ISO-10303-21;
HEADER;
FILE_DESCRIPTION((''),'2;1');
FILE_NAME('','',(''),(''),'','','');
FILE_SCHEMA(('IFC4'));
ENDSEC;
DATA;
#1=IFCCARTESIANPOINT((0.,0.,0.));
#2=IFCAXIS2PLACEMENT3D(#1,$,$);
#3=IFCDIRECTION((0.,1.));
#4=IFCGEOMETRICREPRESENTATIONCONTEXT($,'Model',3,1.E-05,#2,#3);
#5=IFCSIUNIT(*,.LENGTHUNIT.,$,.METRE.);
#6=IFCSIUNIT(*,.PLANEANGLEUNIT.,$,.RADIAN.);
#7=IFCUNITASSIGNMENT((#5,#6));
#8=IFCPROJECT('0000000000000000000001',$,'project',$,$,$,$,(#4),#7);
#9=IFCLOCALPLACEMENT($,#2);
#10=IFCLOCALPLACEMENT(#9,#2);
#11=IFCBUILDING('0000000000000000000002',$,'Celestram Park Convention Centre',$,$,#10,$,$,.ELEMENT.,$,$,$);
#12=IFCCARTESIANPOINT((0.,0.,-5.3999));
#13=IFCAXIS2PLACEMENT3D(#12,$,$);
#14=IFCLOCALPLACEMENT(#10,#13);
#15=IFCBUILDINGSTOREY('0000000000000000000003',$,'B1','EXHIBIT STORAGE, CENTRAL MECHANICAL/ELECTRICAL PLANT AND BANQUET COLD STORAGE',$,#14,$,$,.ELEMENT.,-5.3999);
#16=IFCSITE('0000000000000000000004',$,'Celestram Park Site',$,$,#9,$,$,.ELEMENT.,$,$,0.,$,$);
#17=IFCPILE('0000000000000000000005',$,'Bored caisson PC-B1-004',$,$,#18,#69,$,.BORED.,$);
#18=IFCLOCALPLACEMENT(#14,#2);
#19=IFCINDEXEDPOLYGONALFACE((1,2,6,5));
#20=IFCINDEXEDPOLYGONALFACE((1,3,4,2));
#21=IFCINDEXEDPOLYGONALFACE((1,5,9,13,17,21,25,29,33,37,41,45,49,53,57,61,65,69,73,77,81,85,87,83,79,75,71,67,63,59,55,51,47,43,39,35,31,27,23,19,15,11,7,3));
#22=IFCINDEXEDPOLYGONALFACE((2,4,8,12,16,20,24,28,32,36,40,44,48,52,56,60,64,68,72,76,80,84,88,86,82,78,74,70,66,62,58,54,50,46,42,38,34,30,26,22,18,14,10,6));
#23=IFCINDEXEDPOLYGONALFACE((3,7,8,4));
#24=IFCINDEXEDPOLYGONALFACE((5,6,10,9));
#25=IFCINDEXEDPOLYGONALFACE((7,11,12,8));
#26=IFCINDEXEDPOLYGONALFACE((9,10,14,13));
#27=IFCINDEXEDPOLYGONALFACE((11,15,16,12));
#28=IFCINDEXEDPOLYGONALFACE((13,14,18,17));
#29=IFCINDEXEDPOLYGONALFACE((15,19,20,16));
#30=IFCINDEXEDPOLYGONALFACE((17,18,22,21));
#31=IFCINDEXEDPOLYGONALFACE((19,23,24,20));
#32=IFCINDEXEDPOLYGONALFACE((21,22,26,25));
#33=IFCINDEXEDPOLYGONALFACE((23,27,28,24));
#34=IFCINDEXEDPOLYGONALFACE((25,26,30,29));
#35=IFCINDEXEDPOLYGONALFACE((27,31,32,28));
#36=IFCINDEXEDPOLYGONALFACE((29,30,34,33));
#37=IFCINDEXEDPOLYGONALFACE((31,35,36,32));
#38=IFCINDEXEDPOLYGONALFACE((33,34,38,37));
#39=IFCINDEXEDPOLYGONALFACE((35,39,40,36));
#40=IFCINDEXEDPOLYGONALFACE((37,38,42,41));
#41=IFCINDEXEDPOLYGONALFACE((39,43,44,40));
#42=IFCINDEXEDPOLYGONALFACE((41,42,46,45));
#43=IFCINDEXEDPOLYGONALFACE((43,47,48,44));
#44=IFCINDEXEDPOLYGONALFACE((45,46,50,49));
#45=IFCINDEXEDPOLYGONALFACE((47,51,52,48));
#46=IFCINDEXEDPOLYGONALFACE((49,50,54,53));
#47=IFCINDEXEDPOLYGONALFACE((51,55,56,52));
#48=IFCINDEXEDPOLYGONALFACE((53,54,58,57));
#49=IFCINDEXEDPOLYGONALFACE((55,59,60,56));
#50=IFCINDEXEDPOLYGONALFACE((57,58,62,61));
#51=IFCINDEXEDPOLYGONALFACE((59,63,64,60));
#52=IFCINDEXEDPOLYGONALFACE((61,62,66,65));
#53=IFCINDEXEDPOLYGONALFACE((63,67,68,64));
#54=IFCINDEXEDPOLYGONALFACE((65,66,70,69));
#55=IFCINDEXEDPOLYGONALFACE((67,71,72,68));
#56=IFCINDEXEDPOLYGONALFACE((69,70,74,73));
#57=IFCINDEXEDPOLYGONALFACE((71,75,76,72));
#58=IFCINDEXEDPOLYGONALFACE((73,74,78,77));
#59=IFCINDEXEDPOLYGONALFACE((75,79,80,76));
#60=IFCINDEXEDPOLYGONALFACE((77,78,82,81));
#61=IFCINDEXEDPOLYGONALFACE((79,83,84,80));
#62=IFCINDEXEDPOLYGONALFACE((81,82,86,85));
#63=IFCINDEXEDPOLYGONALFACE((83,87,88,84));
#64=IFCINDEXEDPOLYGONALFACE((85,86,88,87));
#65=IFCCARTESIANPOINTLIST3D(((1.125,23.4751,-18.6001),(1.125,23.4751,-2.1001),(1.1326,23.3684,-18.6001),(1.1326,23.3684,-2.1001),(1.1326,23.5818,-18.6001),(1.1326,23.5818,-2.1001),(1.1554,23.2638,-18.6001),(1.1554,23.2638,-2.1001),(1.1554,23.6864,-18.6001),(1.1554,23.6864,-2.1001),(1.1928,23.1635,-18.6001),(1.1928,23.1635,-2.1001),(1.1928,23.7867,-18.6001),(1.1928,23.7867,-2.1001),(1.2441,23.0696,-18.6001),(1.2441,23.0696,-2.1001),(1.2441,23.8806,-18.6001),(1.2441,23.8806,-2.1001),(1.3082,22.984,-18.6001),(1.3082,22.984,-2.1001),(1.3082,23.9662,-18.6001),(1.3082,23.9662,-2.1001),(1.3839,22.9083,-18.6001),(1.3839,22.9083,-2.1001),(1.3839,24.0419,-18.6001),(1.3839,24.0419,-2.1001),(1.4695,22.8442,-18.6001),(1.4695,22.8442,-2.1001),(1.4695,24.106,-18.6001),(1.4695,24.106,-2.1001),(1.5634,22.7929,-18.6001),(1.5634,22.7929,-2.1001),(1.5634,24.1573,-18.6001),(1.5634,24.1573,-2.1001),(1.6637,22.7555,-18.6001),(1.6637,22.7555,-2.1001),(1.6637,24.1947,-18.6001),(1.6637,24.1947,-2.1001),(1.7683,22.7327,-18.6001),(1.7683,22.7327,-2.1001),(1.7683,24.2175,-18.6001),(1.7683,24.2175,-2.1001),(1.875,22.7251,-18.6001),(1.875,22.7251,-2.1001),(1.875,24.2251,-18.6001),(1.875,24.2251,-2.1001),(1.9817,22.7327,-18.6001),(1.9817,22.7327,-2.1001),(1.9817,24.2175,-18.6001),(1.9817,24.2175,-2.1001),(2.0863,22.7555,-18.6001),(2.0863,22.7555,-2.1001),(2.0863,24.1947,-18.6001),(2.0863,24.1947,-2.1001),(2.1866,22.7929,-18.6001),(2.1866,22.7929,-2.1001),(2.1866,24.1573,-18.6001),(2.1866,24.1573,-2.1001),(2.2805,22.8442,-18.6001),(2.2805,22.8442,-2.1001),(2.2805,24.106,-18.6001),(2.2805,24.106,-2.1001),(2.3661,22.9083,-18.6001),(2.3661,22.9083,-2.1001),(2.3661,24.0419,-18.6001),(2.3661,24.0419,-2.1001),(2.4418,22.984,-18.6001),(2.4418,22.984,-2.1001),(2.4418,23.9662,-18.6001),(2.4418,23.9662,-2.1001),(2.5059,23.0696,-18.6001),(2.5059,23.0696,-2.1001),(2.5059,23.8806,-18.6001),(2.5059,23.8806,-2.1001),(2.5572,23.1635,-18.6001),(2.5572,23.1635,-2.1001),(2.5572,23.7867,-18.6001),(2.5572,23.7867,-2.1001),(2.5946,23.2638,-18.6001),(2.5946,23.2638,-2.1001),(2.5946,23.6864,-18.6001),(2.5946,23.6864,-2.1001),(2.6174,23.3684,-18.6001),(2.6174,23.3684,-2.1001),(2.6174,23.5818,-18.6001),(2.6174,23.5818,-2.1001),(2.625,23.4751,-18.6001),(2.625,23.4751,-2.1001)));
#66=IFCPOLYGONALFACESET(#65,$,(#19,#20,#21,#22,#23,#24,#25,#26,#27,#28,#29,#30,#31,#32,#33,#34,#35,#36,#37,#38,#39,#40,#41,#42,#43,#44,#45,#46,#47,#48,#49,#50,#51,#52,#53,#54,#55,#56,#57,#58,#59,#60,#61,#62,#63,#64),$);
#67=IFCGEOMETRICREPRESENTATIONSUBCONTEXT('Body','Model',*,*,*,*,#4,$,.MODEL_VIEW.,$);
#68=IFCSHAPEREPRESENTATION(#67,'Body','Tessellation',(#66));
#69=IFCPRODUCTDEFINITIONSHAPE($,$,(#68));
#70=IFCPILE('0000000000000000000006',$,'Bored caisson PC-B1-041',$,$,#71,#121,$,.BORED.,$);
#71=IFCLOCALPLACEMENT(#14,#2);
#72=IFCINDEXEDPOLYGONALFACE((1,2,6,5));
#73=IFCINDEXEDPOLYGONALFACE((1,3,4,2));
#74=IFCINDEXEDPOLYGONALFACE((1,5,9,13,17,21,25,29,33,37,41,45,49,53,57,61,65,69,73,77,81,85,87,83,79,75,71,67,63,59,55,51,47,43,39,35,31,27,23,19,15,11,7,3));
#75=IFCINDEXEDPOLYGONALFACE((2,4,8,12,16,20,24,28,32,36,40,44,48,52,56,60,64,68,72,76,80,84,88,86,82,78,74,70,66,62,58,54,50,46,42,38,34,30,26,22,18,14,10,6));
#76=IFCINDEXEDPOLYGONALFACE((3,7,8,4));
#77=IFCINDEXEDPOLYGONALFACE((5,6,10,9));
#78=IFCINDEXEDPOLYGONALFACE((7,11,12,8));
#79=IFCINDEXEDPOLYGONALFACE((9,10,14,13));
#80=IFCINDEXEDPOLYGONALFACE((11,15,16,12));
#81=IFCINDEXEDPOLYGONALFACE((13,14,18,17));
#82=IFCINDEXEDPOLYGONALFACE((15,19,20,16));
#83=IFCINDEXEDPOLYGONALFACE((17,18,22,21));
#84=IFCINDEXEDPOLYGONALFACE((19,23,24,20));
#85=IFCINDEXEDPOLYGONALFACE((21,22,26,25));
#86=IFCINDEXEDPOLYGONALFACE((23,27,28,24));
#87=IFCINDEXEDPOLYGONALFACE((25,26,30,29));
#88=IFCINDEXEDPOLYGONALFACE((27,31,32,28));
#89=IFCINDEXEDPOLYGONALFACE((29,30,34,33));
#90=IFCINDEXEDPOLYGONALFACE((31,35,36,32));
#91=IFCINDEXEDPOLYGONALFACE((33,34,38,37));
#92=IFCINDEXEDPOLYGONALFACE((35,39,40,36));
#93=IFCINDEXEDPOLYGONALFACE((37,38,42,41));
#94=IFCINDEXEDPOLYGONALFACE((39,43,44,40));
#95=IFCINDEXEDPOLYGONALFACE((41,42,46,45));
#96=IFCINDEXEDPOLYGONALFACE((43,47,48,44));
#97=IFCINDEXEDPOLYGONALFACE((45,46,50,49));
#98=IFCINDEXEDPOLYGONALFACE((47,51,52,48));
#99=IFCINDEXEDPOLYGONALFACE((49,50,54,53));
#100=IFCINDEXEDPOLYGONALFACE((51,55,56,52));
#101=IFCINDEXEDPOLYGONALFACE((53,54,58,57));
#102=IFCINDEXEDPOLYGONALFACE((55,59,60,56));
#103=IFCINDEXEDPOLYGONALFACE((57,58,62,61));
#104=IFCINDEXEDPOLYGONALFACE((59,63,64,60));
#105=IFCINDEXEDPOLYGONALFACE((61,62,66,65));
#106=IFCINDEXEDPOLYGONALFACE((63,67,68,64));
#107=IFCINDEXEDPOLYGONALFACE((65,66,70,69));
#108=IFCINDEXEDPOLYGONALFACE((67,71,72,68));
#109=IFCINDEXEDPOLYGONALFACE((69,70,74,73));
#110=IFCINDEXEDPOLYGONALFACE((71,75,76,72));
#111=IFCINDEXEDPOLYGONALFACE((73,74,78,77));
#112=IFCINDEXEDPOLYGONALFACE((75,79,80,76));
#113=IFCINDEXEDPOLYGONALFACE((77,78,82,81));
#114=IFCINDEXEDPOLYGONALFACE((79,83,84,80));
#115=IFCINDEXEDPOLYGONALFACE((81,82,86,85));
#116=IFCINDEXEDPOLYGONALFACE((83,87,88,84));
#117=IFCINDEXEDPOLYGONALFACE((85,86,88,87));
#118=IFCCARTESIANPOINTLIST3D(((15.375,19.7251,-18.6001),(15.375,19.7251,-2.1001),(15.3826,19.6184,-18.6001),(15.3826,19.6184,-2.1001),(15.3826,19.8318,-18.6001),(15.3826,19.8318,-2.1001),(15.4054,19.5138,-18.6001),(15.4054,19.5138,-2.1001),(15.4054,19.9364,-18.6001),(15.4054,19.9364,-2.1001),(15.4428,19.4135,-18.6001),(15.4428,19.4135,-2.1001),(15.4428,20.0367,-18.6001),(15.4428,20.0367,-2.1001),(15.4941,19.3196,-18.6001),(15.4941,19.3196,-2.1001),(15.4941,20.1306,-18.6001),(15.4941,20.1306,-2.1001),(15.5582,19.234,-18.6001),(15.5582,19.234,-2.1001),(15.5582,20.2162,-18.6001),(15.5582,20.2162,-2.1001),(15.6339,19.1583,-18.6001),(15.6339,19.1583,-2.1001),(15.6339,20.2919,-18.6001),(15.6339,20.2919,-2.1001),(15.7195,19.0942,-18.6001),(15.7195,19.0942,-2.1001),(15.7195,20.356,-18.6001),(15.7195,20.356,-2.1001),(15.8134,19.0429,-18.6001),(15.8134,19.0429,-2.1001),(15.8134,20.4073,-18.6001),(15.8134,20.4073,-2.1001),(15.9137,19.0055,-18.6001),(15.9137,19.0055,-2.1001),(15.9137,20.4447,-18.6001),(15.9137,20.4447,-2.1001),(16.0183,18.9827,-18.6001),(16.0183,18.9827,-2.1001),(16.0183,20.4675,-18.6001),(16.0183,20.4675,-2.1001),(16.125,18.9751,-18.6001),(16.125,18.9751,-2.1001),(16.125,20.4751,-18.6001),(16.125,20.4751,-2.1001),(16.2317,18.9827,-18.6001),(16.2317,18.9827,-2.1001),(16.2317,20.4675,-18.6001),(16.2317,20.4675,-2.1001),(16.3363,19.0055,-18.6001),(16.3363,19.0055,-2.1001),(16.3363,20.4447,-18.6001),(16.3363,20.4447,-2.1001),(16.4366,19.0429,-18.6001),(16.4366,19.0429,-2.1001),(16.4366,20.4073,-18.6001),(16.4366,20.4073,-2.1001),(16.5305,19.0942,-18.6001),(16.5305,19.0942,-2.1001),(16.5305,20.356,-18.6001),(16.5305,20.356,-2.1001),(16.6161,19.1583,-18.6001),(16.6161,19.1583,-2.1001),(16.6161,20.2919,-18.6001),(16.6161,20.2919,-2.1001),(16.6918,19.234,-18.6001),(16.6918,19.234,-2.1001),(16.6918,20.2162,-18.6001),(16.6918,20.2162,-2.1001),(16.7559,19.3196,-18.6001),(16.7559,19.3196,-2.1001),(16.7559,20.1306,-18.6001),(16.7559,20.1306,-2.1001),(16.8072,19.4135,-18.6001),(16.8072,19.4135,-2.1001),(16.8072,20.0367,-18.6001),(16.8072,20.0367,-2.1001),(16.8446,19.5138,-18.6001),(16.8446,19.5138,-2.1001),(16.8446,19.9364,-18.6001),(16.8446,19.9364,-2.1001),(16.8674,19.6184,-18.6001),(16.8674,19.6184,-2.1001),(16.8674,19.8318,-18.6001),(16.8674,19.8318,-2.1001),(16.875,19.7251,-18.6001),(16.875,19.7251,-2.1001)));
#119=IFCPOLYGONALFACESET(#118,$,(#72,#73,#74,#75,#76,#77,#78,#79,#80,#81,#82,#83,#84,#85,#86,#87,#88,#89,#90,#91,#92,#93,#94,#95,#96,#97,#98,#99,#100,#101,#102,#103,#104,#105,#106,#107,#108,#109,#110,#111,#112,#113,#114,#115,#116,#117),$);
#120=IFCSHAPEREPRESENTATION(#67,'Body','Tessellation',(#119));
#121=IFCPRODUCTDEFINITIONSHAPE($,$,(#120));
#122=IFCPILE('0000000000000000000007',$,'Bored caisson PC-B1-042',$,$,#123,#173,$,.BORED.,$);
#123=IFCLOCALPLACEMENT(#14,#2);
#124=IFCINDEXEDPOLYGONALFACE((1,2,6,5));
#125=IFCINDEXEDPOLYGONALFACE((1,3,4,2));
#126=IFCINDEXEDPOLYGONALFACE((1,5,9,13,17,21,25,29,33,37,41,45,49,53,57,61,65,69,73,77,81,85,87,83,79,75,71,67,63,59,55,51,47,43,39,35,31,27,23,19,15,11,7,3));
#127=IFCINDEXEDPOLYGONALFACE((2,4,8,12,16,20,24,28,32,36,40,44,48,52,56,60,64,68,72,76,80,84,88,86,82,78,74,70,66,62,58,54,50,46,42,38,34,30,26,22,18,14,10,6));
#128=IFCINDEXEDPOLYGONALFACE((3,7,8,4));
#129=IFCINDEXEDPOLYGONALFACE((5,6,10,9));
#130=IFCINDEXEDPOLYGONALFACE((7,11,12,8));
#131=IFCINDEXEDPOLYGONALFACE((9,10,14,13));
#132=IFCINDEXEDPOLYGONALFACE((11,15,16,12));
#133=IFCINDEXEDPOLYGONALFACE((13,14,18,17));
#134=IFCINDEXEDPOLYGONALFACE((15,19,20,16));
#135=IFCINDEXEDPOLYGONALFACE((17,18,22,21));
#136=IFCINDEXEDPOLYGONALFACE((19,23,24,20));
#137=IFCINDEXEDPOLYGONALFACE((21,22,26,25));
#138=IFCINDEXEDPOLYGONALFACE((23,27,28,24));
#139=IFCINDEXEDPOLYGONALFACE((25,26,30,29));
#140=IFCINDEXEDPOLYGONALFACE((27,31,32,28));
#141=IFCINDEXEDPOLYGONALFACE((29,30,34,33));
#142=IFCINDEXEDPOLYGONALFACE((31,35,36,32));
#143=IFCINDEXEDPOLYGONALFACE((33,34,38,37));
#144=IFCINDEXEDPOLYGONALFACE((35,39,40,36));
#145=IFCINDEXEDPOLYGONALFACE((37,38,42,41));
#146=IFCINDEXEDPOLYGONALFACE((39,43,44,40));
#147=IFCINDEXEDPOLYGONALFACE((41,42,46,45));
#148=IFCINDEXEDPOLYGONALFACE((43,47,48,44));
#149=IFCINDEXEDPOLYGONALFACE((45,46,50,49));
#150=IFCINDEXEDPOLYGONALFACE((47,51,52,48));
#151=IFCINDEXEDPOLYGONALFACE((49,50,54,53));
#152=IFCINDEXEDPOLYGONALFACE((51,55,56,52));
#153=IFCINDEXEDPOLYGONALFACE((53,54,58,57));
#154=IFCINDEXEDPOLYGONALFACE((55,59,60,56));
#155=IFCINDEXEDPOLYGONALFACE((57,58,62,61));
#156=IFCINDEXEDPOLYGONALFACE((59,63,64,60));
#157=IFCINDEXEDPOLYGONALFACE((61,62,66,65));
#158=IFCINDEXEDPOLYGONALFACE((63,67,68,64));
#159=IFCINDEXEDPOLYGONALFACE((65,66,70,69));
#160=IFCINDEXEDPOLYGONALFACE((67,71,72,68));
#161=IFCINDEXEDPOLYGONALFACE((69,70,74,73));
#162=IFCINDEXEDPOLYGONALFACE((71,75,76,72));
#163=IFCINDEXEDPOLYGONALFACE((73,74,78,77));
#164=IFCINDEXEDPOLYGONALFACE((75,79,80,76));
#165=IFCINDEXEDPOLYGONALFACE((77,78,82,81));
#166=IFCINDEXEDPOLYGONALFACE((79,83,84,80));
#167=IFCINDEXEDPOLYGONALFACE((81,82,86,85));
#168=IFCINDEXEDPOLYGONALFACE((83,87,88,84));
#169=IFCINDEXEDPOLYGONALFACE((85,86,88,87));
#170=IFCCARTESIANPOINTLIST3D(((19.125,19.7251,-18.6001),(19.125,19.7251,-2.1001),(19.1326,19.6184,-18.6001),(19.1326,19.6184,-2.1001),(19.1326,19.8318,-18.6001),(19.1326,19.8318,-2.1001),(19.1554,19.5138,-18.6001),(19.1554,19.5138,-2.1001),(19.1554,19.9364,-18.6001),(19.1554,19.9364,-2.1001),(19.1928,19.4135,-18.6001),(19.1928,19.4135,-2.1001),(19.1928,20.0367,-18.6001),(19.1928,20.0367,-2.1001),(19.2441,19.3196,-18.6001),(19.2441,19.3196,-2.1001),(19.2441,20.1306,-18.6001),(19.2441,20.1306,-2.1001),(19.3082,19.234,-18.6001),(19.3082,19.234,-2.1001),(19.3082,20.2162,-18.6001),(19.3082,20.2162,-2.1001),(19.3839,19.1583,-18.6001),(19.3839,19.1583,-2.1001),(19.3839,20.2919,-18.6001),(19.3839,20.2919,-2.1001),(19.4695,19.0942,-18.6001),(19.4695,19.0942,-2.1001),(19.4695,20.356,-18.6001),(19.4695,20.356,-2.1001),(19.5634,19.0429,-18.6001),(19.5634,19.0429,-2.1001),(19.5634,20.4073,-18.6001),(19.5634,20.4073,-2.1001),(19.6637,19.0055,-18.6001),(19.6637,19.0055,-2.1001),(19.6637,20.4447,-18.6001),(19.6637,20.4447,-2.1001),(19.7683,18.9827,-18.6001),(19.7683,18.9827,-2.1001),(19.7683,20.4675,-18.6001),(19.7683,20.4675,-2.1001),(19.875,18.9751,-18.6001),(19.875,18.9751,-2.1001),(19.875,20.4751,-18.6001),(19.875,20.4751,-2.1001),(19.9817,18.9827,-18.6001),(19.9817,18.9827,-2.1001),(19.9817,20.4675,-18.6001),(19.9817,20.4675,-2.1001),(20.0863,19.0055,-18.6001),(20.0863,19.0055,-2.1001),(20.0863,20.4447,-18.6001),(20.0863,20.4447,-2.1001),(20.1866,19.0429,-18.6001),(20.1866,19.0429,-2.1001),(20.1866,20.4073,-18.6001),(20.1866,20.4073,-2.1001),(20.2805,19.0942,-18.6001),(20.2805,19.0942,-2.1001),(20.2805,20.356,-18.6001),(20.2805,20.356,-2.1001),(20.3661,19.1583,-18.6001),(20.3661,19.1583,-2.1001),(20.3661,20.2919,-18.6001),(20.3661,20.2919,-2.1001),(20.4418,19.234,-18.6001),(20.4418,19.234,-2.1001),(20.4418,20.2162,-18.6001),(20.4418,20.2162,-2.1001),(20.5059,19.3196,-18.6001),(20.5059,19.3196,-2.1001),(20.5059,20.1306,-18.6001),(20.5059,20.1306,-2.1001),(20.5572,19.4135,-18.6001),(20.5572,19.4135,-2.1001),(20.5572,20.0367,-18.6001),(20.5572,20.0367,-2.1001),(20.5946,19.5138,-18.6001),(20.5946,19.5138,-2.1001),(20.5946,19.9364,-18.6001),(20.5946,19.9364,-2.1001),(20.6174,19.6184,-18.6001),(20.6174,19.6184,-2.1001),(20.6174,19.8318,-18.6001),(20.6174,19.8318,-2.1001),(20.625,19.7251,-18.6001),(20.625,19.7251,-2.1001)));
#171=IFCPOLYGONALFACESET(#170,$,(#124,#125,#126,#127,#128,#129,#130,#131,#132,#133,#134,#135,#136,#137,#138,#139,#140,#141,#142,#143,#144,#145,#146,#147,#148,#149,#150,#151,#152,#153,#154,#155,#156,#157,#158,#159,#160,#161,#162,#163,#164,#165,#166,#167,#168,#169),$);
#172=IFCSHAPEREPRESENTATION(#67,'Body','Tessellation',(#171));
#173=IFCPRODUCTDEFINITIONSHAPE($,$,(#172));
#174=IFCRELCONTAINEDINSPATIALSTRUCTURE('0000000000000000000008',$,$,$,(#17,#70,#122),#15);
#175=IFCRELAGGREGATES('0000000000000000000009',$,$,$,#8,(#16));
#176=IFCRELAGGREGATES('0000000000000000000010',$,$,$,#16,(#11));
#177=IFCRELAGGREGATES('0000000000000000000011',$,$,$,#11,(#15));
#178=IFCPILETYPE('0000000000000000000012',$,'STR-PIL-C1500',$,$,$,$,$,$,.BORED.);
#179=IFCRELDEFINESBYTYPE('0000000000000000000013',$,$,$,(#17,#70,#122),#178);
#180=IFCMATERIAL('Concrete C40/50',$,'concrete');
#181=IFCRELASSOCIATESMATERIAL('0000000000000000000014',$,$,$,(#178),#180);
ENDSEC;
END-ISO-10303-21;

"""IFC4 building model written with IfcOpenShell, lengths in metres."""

from ifc_helpers import new_model, si_unit, direction, frame, origin, origin_2d, place, context, subcontext, project, spatial, circle, extrude, material, material_profile, profile_set, type_object, element, save


model = new_model("IFC4")

# Units and contexts
model_context = context("Model", 3, precision=1e-05, world=origin(), true_north=direction((0.0, 1.0)))
body_context = subcontext(model_context, "Body", "Model", "MODEL_VIEW")
ifc_project = project(units=[si_unit("LENGTHUNIT", "METRE"), si_unit("PLANEANGLEUNIT", "RADIAN")], contexts=[model_context])

# Site, building, storey
site_placement = place(None, origin())
site = spatial("IfcSite", under=ifc_project, at=site_placement, Name="Celestram Park Site", CompositionType="ELEMENT", RefElevation=0.0)
building_placement = place(site_placement, origin())
building = spatial("IfcBuilding", under=site, at=building_placement, Name="Celestram Park Convention Centre", CompositionType="ELEMENT")
storey_placement = place(building_placement, frame((0.0, 0.0, -5.3999)))
storey = spatial("IfcBuildingStorey", under=building, at=storey_placement, Name="B1", Description="EXHIBIT STORAGE, CENTRAL MECHANICAL/ELECTRICAL PLANT AND BANQUET COLD STORAGE", CompositionType="ELEMENT", Elevation=-5.3999)

# Shared definitions
ifc_material_1 = material(Name="Concrete C40/50", Category="concrete")

# Piles
ifc_material_profile_1 = material_profile(ifc_material_1, circle(Radius=0.75, at=origin_2d()), Name="CAISSON1500")
ifc_profile_set_1 = profile_set([ifc_material_profile_1], Name="Concrete C40/50")
pile_type_1 = type_object("IfcPileType", Name="STR-PIL-C1500", PredefinedType="BORED", material=ifc_profile_set_1)
for number, where, z_axis, x_axis, name in (
    (1, (1.875, 23.4751, -2.1001), (0.0, 0.0, -1.0), (1.0, 0.0, 0.0), "Bored caisson PC-B1-004"),
    (2, (16.125, 19.7251, -2.1001), (0.0, 0.0, -1.0), (1.0, 0.0, 0.0), "Bored caisson PC-B1-041"),
    (3, (19.875, 19.7251, -2.1001), (0.0, 0.0, -1.0), (1.0, 0.0, 0.0), "Bored caisson PC-B1-042"),
):
    element("IfcPile", number, at=place(storey_placement, frame(where, z_axis=z_axis, x_axis=x_axis)), inside=storey, type_object=pile_type_1, Name=name, PredefinedType="BORED", context=body_context, shape_type="SweptSolid", body=[
        extrude(circle(Radius=0.75, at=origin_2d()), origin(), (0.0, 0.0, 1.0), 16.5),
    ])

save(model, "model.ifc")
